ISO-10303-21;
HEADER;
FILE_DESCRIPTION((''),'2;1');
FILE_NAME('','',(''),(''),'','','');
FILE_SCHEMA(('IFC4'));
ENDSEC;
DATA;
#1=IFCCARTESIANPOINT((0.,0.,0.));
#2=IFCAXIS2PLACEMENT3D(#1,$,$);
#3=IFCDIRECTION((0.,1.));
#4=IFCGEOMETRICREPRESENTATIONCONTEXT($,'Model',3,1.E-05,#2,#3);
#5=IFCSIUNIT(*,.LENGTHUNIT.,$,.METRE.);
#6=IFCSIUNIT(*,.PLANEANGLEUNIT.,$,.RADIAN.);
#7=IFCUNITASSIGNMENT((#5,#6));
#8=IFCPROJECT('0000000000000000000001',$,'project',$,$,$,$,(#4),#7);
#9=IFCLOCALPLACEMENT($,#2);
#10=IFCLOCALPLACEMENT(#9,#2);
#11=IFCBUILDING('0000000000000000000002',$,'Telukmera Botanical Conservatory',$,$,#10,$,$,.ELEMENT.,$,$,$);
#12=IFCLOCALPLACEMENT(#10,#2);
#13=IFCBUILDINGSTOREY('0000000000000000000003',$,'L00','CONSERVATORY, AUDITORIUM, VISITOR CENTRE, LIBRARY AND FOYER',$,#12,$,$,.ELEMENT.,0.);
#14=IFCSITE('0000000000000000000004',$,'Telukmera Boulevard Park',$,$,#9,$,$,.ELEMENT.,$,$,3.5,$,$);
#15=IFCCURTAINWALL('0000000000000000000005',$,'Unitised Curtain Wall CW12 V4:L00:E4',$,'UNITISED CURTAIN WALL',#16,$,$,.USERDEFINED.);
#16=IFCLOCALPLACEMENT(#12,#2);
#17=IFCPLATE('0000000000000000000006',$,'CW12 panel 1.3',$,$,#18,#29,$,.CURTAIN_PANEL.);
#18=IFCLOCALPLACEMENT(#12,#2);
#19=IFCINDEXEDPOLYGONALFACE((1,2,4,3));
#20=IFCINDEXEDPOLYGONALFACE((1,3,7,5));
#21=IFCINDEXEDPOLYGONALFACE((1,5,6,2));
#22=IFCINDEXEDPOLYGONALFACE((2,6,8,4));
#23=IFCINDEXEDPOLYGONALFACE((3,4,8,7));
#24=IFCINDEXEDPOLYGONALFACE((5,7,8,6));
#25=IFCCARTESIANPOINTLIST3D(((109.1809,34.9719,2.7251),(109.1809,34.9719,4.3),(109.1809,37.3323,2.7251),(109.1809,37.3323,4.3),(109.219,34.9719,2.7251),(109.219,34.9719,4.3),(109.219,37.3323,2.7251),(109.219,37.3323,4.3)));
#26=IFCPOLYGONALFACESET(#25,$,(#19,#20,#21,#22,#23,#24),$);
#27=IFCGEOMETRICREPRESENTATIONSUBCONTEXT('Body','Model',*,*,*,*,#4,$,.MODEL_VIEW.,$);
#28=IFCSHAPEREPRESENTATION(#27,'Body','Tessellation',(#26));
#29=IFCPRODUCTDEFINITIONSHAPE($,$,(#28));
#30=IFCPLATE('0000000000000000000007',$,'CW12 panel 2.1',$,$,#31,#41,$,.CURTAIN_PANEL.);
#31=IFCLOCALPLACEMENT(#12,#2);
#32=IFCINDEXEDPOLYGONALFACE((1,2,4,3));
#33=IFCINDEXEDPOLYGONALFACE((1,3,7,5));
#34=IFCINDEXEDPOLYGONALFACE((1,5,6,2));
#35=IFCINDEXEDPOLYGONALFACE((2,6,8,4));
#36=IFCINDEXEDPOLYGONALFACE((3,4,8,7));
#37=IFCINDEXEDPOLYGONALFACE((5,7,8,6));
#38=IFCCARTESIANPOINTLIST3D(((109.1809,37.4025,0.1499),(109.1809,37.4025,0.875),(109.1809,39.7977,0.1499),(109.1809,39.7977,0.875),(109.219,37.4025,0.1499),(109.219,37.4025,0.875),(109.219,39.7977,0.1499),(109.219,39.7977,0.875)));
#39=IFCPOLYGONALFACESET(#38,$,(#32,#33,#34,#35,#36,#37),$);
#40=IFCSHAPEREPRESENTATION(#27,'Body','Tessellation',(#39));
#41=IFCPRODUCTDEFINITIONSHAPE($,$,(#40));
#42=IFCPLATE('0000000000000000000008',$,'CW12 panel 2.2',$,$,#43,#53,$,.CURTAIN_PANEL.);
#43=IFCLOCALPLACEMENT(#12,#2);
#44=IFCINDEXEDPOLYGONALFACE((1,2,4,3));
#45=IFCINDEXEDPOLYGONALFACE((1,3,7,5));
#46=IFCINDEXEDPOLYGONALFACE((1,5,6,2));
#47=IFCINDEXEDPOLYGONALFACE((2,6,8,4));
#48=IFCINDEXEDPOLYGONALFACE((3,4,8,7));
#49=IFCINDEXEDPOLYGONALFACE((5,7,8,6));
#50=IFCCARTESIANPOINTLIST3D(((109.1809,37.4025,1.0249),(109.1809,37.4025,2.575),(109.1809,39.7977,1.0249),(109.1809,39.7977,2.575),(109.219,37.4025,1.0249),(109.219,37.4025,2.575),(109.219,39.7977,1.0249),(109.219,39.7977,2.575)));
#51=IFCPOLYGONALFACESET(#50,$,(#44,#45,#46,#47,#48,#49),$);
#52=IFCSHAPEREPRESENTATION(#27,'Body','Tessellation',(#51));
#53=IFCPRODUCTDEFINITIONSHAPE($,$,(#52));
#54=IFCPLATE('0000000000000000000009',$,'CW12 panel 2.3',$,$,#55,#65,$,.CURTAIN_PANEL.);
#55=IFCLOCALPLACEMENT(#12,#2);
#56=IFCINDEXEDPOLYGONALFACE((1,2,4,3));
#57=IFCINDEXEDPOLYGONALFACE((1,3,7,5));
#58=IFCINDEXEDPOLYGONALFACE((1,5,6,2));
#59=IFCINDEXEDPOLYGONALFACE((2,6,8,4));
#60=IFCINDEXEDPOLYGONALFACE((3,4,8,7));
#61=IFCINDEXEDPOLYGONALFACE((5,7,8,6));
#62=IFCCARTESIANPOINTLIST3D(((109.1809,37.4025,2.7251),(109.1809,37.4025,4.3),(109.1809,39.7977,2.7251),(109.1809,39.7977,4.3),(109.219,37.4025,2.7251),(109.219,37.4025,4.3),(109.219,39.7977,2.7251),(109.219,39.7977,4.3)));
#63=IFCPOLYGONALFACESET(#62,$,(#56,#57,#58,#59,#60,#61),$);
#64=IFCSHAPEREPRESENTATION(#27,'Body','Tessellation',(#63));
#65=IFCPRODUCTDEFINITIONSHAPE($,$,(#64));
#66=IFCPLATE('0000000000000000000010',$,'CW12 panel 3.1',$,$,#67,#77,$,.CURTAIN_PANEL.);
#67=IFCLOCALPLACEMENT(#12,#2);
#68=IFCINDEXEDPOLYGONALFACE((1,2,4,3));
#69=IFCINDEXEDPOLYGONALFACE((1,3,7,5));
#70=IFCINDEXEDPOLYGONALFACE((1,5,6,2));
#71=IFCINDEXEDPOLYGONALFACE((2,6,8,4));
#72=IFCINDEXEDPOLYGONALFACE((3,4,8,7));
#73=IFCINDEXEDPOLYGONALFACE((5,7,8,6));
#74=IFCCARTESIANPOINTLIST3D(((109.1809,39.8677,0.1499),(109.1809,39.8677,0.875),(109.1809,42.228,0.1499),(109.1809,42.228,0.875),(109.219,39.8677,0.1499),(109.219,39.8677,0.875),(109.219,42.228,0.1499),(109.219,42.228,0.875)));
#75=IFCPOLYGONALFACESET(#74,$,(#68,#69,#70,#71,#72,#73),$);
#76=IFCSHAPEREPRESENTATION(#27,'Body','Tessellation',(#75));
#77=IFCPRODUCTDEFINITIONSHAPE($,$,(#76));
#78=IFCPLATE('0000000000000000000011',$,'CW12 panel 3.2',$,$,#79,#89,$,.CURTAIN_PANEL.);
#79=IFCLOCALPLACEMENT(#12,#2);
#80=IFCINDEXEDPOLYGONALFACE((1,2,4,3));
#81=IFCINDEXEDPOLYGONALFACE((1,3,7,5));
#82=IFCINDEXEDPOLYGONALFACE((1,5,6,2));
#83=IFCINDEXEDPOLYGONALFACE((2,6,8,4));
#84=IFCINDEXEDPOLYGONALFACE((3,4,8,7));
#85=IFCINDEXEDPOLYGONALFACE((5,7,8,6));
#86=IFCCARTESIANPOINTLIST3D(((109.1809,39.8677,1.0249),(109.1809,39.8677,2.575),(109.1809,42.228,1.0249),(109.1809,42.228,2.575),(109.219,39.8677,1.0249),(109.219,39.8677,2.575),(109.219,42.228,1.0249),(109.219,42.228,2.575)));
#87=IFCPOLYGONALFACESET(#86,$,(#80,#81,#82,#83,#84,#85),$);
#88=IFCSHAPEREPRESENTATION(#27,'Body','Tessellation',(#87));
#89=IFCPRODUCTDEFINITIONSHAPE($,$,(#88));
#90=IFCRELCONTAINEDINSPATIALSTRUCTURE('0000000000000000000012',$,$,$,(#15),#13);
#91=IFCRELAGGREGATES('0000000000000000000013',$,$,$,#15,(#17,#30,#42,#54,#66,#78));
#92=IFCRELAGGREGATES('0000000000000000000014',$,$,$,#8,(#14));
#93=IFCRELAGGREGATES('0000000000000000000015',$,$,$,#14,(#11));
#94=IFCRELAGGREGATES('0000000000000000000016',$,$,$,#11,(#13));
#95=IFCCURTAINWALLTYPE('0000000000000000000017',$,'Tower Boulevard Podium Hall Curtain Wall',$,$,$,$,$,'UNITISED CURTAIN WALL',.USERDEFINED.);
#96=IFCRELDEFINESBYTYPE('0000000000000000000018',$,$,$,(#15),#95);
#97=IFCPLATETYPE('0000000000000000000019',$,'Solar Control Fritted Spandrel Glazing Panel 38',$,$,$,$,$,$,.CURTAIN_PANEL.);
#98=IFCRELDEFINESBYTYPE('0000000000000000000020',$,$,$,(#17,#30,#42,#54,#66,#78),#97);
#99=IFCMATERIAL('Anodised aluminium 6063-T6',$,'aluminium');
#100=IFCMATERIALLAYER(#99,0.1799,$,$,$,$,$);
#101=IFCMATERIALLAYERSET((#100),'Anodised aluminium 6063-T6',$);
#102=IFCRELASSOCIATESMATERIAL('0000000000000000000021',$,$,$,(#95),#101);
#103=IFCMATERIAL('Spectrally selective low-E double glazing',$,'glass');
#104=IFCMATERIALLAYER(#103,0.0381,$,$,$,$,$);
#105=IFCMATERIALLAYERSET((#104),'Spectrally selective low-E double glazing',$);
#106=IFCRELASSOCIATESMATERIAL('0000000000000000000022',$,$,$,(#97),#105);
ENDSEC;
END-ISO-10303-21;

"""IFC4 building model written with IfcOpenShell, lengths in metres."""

from ifc_helpers import new_model, si_unit, direction, frame, origin, origin_2d, place, context, subcontext, project, spatial, rectangle, extrude, material, layer, layer_set, type_object, element, aggregate, save


model = new_model("IFC4")

# Units and contexts
model_context = context("Model", 3, precision=1e-05, world=origin(), true_north=direction((0.0, 1.0)))
body_context = subcontext(model_context, "Body", "Model", "MODEL_VIEW")
ifc_project = project(units=[si_unit("LENGTHUNIT", "METRE"), si_unit("PLANEANGLEUNIT", "RADIAN")], contexts=[model_context])

# Site, building, storey
site_placement = place(None, origin())
site = spatial("IfcSite", under=ifc_project, at=site_placement, Name="Telukmera Boulevard Park", CompositionType="ELEMENT", RefElevation=3.5)
building_placement = place(site_placement, origin())
building = spatial("IfcBuilding", under=site, at=building_placement, Name="Telukmera Botanical Conservatory", CompositionType="ELEMENT")
storey_placement = place(building_placement, origin())
storey = spatial("IfcBuildingStorey", under=building, at=storey_placement, Name="L00", Description="CONSERVATORY, AUDITORIUM, VISITOR CENTRE, LIBRARY AND FOYER", CompositionType="ELEMENT", Elevation=0.0)

# Curtain wall, plates
ifc_material_1 = material(Name="Anodised aluminium 6063-T6", Category="aluminium")
ifc_layer_1 = layer(ifc_material_1, 0.1799)
ifc_layer_set_1 = layer_set([ifc_layer_1], Name="Anodised aluminium 6063-T6")
curtain_wall_type = type_object("IfcCurtainWallType", Name="Tower Boulevard Podium Hall Curtain Wall", ElementType="UNITISED CURTAIN WALL", PredefinedType="USERDEFINED", material=ifc_layer_set_1)
curtain_wall_placement = place(storey_placement, origin())
curtain_wall = element("IfcCurtainWall", 1, at=curtain_wall_placement, inside=storey, type_object=curtain_wall_type, Name="Unitised Curtain Wall CW12 V4:L00:E4", ObjectType="UNITISED CURTAIN WALL", PredefinedType="USERDEFINED")
ifc_material_2 = material(Name="Spectrally selective low-E double glazing", Category="glass")
ifc_layer_2 = layer(ifc_material_2, 0.0381)
ifc_layer_set_2 = layer_set([ifc_layer_2], Name="Spectrally selective low-E double glazing")
plate_type = type_object("IfcPlateType", Name="Solar Control Fritted Spandrel Glazing Panel 38", PredefinedType="CURTAIN_PANEL", material=ifc_layer_set_2)
plate_1_placement = place(storey_placement, frame((109.2, 36.1521, 2.7251), z_axis=(0.0, 0.0, 1.0), x_axis=(0.0, 1.0, 0.0)))
plate_1 = element("IfcPlate", 2, at=plate_1_placement, type_object=plate_type, Name="CW12 panel 1.3", PredefinedType="CURTAIN_PANEL", context=body_context, shape_type="SweptSolid", body=[
    extrude(rectangle(XDim=2.3604, YDim=0.0381, at=origin_2d()), origin(), (0.0, 0.0, 1.0), 1.575),
])
plate_2_placement = place(storey_placement, frame((109.2, 38.6001, 0.1499), z_axis=(0.0, 0.0, 1.0), x_axis=(0.0, 1.0, 0.0)))
plate_2 = element("IfcPlate", 3, at=plate_2_placement, type_object=plate_type, Name="CW12 panel 2.1", PredefinedType="CURTAIN_PANEL", context=body_context, shape_type="SweptSolid", body=[
    extrude(rectangle(XDim=2.3953, YDim=0.0381, at=origin_2d()), origin(), (0.0, 0.0, 1.0), 0.7251),
])
plate_3_placement = place(storey_placement, frame((109.2, 38.6001, 1.0249), z_axis=(0.0, 0.0, 1.0), x_axis=(0.0, 1.0, 0.0)))
plate_3 = element("IfcPlate", 4, at=plate_3_placement, type_object=plate_type, Name="CW12 panel 2.2", PredefinedType="CURTAIN_PANEL", context=body_context, shape_type="SweptSolid", body=[
    extrude(rectangle(XDim=2.3953, YDim=0.0381, at=origin_2d()), origin(), (0.0, 0.0, 1.0), 1.55),
])
plate_4_placement = place(storey_placement, frame((109.2, 38.6001, 2.7251), z_axis=(0.0, 0.0, 1.0), x_axis=(0.0, 1.0, 0.0)))
plate_4 = element("IfcPlate", 5, at=plate_4_placement, type_object=plate_type, Name="CW12 panel 2.3", PredefinedType="CURTAIN_PANEL", context=body_context, shape_type="SweptSolid", body=[
    extrude(rectangle(XDim=2.3953, YDim=0.0381, at=origin_2d()), origin(), (0.0, 0.0, 1.0), 1.575),
])
plate_5_placement = place(storey_placement, frame((109.2, 41.0479, 0.1499), z_axis=(0.0, 0.0, 1.0), x_axis=(0.0, 1.0, 0.0)))
plate_5 = element("IfcPlate", 6, at=plate_5_placement, type_object=plate_type, Name="CW12 panel 3.1", PredefinedType="CURTAIN_PANEL", context=body_context, shape_type="SweptSolid", body=[
    extrude(rectangle(XDim=2.3604, YDim=0.0381, at=origin_2d()), origin(), (0.0, 0.0, 1.0), 0.7251),
])
plate_6_placement = place(storey_placement, frame((109.2, 41.0479, 1.0249), z_axis=(0.0, 0.0, 1.0), x_axis=(0.0, 1.0, 0.0)))
plate_6 = element("IfcPlate", 7, at=plate_6_placement, type_object=plate_type, Name="CW12 panel 3.2", PredefinedType="CURTAIN_PANEL", context=body_context, shape_type="SweptSolid", body=[
    extrude(rectangle(XDim=2.3604, YDim=0.0381, at=origin_2d()), origin(), (0.0, 0.0, 1.0), 1.55),
])
aggregate(curtain_wall, [plate_1, plate_2, plate_3, plate_4, plate_5, plate_6])

save(model, "model.ifc")
